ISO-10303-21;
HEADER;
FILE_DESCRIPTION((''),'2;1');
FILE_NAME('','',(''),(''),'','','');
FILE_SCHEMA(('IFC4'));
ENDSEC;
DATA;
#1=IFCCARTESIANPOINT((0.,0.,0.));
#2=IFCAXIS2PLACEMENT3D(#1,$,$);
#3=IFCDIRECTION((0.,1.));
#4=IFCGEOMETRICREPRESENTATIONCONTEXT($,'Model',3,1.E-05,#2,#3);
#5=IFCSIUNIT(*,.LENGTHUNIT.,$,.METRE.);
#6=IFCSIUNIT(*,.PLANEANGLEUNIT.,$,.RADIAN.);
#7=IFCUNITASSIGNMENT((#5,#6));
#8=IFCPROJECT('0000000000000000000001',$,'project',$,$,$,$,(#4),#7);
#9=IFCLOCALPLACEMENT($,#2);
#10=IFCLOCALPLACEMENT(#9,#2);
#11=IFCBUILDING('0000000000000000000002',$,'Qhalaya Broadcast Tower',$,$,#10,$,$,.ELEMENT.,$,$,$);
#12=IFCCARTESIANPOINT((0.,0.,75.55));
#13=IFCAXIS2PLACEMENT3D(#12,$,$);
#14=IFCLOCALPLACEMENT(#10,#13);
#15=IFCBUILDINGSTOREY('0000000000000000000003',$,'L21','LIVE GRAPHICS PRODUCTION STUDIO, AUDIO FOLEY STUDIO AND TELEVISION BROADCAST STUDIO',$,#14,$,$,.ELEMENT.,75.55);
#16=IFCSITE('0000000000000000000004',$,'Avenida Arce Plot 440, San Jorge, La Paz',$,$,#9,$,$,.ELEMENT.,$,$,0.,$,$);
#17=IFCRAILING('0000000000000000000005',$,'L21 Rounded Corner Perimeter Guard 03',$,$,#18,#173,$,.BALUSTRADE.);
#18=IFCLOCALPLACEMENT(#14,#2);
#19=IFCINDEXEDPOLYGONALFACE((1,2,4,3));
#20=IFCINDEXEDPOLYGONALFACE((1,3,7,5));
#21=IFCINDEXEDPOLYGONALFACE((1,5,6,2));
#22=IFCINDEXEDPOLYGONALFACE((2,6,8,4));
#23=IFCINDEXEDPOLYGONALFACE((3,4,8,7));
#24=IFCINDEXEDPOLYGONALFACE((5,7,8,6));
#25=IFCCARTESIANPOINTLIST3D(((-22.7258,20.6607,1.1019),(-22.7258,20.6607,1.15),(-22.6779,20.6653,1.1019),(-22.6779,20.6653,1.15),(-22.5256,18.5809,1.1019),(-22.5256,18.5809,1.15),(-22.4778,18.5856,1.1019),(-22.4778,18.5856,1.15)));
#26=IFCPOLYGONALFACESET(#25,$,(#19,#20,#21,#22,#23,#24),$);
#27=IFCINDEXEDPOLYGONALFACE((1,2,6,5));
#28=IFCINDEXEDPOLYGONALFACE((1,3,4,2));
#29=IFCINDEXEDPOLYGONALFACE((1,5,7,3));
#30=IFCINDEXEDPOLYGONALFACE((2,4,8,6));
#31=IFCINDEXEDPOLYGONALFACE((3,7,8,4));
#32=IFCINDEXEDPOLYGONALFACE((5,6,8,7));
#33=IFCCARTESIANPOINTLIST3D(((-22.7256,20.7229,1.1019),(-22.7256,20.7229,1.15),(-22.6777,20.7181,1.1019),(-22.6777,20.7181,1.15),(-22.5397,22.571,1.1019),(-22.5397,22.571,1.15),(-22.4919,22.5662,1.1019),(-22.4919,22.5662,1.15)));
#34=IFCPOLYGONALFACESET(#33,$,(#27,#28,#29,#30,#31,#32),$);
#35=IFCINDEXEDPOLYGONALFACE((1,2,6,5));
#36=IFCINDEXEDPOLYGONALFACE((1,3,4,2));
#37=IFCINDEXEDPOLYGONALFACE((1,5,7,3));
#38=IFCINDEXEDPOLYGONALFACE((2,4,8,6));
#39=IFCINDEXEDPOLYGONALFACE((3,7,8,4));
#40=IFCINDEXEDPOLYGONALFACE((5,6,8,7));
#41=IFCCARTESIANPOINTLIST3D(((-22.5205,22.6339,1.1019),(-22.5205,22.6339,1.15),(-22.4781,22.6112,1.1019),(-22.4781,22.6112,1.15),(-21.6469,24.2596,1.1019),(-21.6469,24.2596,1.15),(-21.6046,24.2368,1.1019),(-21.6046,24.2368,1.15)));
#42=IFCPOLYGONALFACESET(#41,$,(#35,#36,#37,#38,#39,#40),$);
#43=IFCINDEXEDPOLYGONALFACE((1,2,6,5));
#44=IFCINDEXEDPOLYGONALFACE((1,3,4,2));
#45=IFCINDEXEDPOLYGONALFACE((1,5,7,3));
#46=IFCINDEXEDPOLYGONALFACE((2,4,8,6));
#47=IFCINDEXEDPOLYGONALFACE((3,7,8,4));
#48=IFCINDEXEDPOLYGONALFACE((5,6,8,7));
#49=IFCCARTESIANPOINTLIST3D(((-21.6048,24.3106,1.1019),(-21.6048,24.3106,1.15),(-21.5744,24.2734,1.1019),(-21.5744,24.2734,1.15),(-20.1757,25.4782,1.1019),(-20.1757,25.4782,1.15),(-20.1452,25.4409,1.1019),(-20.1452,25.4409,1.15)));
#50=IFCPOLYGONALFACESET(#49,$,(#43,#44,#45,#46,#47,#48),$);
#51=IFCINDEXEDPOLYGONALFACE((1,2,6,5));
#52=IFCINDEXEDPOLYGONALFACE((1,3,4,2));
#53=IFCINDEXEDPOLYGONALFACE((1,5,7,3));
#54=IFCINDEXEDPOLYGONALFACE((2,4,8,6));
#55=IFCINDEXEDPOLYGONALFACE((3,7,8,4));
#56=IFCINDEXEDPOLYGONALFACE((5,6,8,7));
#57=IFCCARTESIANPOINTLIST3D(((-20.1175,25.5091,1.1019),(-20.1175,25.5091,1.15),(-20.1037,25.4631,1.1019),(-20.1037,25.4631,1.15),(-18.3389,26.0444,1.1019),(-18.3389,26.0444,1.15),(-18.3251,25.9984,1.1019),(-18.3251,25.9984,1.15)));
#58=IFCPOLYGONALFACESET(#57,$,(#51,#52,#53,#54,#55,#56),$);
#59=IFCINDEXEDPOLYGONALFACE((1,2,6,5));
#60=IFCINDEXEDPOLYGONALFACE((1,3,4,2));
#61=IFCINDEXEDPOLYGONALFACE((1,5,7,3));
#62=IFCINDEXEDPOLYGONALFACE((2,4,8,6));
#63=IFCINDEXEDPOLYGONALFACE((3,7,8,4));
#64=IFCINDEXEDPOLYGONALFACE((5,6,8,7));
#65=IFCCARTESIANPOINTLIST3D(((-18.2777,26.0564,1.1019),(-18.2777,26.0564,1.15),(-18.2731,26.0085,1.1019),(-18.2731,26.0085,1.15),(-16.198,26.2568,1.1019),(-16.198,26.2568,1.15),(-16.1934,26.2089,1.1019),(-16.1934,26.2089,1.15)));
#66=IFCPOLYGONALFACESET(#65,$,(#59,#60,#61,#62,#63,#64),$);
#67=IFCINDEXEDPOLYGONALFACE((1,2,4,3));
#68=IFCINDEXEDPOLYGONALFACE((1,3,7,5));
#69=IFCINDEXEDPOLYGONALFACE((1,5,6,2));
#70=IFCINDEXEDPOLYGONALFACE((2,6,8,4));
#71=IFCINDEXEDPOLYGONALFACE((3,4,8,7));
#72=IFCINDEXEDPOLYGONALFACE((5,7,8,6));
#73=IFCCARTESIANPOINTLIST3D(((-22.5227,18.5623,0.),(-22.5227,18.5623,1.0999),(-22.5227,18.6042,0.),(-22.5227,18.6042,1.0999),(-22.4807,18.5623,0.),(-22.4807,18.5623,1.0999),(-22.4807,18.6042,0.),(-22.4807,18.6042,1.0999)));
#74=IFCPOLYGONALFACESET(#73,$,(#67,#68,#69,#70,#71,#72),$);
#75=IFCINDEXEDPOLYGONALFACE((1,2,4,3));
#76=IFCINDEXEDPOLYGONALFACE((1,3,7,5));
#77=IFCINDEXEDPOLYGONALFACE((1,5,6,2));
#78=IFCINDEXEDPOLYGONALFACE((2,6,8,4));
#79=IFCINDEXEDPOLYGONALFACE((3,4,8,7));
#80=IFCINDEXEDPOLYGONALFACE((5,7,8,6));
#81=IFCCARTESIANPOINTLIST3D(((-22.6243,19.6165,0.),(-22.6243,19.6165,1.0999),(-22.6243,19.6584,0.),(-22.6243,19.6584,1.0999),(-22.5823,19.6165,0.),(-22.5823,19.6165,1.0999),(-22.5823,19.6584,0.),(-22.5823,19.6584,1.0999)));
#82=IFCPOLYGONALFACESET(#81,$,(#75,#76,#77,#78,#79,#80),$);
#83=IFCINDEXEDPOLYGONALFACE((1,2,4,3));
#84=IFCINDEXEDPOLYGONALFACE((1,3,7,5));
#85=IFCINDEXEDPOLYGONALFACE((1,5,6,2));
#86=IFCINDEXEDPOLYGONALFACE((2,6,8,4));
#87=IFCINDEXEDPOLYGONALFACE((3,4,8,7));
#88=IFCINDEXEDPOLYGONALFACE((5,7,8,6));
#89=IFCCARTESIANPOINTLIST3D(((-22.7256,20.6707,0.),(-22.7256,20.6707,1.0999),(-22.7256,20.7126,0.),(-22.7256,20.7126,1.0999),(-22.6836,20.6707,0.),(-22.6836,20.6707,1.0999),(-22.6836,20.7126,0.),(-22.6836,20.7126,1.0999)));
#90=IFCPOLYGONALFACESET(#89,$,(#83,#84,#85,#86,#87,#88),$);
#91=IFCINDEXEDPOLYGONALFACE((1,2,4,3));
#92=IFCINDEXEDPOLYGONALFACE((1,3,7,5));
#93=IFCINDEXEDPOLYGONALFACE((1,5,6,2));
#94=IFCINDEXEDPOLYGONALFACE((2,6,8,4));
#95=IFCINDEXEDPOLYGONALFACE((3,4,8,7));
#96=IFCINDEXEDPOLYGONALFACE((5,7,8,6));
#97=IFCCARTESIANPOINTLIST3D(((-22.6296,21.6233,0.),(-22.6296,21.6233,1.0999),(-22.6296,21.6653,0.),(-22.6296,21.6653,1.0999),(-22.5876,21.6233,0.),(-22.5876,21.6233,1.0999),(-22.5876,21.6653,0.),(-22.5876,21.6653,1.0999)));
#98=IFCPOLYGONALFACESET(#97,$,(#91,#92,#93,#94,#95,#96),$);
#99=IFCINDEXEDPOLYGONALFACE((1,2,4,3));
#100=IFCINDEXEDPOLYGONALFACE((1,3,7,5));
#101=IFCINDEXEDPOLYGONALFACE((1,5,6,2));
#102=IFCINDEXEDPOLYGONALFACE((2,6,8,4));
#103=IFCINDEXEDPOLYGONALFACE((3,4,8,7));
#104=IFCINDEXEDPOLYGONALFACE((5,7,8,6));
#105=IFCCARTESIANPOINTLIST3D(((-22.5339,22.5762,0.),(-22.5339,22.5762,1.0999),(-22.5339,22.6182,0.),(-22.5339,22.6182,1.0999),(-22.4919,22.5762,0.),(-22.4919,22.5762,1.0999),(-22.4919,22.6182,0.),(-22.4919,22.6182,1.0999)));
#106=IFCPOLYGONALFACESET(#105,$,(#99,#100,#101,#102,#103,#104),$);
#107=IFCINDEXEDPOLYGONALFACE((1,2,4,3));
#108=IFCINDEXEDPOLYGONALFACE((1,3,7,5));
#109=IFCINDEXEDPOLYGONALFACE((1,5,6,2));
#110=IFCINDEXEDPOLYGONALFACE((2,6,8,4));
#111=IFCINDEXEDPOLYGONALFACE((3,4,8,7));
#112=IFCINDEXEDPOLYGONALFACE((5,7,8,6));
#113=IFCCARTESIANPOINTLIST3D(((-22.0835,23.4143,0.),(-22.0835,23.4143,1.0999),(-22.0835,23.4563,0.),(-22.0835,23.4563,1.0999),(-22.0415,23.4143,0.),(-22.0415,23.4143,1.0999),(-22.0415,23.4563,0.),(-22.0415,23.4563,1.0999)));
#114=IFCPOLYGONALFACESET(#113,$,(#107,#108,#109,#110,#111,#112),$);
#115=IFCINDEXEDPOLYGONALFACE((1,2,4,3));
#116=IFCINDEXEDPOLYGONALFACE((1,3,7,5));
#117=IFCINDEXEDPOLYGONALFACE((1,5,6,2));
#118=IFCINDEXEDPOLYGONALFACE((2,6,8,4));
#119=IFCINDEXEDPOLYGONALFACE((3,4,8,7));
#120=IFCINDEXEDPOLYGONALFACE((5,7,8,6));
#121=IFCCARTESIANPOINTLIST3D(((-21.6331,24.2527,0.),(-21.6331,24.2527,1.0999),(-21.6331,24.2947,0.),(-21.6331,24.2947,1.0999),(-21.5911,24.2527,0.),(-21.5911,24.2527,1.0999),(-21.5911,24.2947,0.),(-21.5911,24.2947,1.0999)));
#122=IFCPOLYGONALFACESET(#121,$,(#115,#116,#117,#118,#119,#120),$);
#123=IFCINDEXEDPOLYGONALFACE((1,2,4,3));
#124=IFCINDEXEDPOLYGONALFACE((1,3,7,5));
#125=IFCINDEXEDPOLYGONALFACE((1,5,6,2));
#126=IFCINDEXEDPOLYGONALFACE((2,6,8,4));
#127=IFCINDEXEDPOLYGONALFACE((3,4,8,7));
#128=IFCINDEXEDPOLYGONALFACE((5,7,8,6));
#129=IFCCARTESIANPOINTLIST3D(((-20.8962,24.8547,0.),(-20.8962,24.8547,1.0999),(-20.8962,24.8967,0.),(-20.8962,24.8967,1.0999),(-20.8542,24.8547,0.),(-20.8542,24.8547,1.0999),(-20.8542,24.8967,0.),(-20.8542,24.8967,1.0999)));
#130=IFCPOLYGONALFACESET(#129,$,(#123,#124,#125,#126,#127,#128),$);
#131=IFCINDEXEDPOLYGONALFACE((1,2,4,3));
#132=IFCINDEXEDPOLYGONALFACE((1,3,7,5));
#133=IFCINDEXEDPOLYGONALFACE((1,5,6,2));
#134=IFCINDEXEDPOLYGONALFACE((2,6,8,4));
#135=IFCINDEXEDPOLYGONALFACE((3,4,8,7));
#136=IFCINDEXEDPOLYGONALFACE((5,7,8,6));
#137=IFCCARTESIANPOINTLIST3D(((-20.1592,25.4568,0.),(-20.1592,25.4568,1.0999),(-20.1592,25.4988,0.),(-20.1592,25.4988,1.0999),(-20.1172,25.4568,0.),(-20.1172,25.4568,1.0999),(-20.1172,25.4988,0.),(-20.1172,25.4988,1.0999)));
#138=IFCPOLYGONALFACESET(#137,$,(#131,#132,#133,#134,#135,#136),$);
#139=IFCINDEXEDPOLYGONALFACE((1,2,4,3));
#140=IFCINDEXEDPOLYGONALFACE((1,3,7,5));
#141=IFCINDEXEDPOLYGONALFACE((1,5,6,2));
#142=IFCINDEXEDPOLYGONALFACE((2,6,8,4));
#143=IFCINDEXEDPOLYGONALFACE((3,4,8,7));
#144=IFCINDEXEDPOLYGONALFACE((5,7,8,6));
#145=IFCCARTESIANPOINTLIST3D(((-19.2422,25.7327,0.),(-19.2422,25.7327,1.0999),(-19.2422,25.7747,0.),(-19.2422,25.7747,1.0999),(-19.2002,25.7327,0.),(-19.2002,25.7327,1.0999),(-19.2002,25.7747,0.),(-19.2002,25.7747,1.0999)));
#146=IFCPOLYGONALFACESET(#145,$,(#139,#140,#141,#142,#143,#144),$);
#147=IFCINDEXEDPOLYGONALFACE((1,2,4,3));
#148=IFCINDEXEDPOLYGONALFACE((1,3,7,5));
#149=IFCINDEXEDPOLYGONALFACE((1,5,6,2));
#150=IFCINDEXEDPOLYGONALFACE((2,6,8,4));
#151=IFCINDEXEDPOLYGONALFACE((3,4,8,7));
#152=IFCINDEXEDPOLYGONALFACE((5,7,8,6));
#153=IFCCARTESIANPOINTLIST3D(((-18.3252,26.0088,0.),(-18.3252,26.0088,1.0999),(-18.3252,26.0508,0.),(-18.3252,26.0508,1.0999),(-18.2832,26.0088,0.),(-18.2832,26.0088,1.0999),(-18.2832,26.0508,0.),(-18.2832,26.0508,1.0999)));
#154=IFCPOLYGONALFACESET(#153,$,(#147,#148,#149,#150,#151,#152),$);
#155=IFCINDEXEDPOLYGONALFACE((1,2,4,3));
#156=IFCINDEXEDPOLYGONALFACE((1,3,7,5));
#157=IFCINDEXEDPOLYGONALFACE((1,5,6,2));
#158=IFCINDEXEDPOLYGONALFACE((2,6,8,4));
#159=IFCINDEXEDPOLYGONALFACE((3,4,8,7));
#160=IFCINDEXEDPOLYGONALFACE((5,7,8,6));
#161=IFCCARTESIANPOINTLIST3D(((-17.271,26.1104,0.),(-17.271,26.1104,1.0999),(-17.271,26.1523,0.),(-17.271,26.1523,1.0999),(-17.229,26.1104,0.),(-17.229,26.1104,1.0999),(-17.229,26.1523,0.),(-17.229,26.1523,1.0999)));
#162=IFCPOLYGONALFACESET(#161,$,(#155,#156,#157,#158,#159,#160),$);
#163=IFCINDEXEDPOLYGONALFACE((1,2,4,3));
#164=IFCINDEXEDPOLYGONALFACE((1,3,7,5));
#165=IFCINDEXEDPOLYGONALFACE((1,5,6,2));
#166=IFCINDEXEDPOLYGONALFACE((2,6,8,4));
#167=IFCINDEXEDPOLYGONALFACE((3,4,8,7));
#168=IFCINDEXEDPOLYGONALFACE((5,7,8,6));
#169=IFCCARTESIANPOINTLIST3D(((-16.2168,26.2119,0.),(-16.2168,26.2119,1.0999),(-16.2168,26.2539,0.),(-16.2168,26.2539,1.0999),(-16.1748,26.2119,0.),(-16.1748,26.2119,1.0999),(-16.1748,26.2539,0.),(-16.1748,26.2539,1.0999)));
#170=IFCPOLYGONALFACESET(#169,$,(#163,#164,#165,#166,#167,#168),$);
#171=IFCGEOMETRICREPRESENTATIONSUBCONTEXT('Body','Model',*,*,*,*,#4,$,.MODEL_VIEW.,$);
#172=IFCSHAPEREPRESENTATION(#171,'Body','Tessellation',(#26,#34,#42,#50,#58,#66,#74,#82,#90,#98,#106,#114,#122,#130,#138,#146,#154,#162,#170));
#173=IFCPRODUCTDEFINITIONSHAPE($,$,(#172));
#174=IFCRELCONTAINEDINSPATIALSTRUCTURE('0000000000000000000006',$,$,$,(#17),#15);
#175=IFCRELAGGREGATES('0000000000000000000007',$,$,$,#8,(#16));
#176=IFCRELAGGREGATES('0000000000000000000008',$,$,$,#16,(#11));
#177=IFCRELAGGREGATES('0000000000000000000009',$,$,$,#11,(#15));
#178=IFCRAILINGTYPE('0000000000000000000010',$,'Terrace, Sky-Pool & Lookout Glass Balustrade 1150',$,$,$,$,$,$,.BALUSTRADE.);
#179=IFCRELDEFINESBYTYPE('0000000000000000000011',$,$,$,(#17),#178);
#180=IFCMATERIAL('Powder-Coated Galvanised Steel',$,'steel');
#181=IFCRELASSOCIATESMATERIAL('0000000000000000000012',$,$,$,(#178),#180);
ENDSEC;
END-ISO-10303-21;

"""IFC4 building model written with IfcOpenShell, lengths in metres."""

from ifc_helpers import new_model, si_unit, direction, frame, origin, origin_2d, place, context, subcontext, project, spatial, rectangle, extrude, material, type_object, element, save


model = new_model("IFC4")

# Units and contexts
model_context = context("Model", 3, precision=1e-05, world=origin(), true_north=direction((0.0, 1.0)))
body_context = subcontext(model_context, "Body", "Model", "MODEL_VIEW")
ifc_project = project(units=[si_unit("LENGTHUNIT", "METRE"), si_unit("PLANEANGLEUNIT", "RADIAN")], contexts=[model_context])

# Site, building, storey
site_placement = place(None, origin())
site = spatial("IfcSite", under=ifc_project, at=site_placement, Name="Avenida Arce Plot 440, San Jorge, La Paz", CompositionType="ELEMENT", RefElevation=0.0)
building_placement = place(site_placement, origin())
building = spatial("IfcBuilding", under=site, at=building_placement, Name="Qhalaya Broadcast Tower", CompositionType="ELEMENT")
storey_placement = place(building_placement, frame((0.0, 0.0, 75.55)))
storey = spatial("IfcBuildingStorey", under=building, at=storey_placement, Name="L21", Description="LIVE GRAPHICS PRODUCTION STUDIO, AUDIO FOLEY STUDIO AND TELEVISION BROADCAST STUDIO", CompositionType="ELEMENT", Elevation=75.55)

# Railing
ifc_material_1 = material(Name="Powder-Coated Galvanised Steel", Category="steel")
railing_type = type_object("IfcRailingType", Name="Terrace, Sky-Pool & Lookout Glass Balustrade 1150", PredefinedType="BALUSTRADE", material=ifc_material_1)
railing_placement = place(storey_placement, frame((-22.5017, 18.5833, 0.0)))
element("IfcRailing", 1, at=railing_placement, inside=storey, type_object=railing_type, Name="L21 Rounded Corner Perimeter Guard 03", PredefinedType="BALUSTRADE", context=body_context, shape_type="SweptSolid", body=[
    extrude(rectangle(XDim=0.0481, YDim=0.0481, at=origin_2d()), frame((0.0, 0.0, 1.126), z_axis=(-0.095783, 0.995402, 0.0), x_axis=(-0.995402, -0.095783, 0.0)), (0.0, 0.0, 1.0), 2.0894),
    extrude(rectangle(XDim=0.0481, YDim=0.0481, at=origin_2d()), frame((-0.2, 2.1372, 1.126), z_axis=(0.100072, 0.99498, 0.0), x_axis=(-0.99498, 0.100072, 0.0)), (0.0, 0.0, 1.0), 1.8574),
    extrude(rectangle(XDim=0.0481, YDim=0.0481, at=origin_2d()), frame((0.0024, 4.0393, 1.126), z_axis=(0.473342, 0.880879, 0.0), x_axis=(-0.880879, 0.473342, 0.0)), (0.0, 0.0, 1.0), 1.8455),
    extrude(rectangle(XDim=0.0481, YDim=0.0481, at=origin_2d()), frame((0.9121, 5.7087, 1.126), z_axis=(0.77442, 0.632672, 0.0), x_axis=(-0.632672, 0.77442, 0.0)), (0.0, 0.0, 1.0), 1.8455),
    extrude(rectangle(XDim=0.0481, YDim=0.0481, at=origin_2d()), frame((2.3911, 6.9028, 1.126), z_axis=(0.957566, 0.288213, 0.0), x_axis=(-0.288213, 0.957566, 0.0)), (0.0, 0.0, 1.0), 1.8574),
    extrude(rectangle(XDim=0.0481, YDim=0.0481, at=origin_2d()), frame((4.2263, 7.4492, 1.126), z_axis=(0.995391, 0.095897, 0.0), x_axis=(-0.095897, 0.995391, 0.0)), (0.0, 0.0, 1.0), 2.0894),
    extrude(rectangle(XDim=0.042, YDim=0.042, at=origin_2d()), origin(), (0.0, 0.0, 1.0), 1.0999),
    extrude(rectangle(XDim=0.042, YDim=0.042, at=origin_2d()), frame((-0.1016, 1.0542, 0.0)), (0.0, 0.0, 1.0), 1.0999),
    extrude(rectangle(XDim=0.042, YDim=0.042, at=origin_2d()), frame((-0.2029, 2.1084, 0.0)), (0.0, 0.0, 1.0), 1.0999),
    extrude(rectangle(XDim=0.042, YDim=0.042, at=origin_2d()), frame((-0.1069, 3.061, 0.0)), (0.0, 0.0, 1.0), 1.0999),
    extrude(rectangle(XDim=0.042, YDim=0.042, at=origin_2d()), frame((-0.0112, 4.0139, 0.0)), (0.0, 0.0, 1.0), 1.0999),
    extrude(rectangle(XDim=0.042, YDim=0.042, at=origin_2d()), frame((0.4392, 4.8521, 0.0)), (0.0, 0.0, 1.0), 1.0999),
    extrude(rectangle(XDim=0.042, YDim=0.042, at=origin_2d()), frame((0.8896, 5.6904, 0.0)), (0.0, 0.0, 1.0), 1.0999),
    extrude(rectangle(XDim=0.042, YDim=0.042, at=origin_2d()), frame((1.6265, 6.2925, 0.0)), (0.0, 0.0, 1.0), 1.0999),
    extrude(rectangle(XDim=0.042, YDim=0.042, at=origin_2d()), frame((2.3635, 6.8945, 0.0)), (0.0, 0.0, 1.0), 1.0999),
    extrude(rectangle(XDim=0.042, YDim=0.042, at=origin_2d()), frame((3.2805, 7.1704, 0.0)), (0.0, 0.0, 1.0), 1.0999),
    extrude(rectangle(XDim=0.042, YDim=0.042, at=origin_2d()), frame((4.1975, 7.4465, 0.0)), (0.0, 0.0, 1.0), 1.0999),
    extrude(rectangle(XDim=0.042, YDim=0.042, at=origin_2d()), frame((5.2517, 7.5481, 0.0)), (0.0, 0.0, 1.0), 1.0999),
    extrude(rectangle(XDim=0.042, YDim=0.042, at=origin_2d()), frame((6.3059, 7.6497, 0.0)), (0.0, 0.0, 1.0), 1.0999),
])

save(model, "model.ifc")
